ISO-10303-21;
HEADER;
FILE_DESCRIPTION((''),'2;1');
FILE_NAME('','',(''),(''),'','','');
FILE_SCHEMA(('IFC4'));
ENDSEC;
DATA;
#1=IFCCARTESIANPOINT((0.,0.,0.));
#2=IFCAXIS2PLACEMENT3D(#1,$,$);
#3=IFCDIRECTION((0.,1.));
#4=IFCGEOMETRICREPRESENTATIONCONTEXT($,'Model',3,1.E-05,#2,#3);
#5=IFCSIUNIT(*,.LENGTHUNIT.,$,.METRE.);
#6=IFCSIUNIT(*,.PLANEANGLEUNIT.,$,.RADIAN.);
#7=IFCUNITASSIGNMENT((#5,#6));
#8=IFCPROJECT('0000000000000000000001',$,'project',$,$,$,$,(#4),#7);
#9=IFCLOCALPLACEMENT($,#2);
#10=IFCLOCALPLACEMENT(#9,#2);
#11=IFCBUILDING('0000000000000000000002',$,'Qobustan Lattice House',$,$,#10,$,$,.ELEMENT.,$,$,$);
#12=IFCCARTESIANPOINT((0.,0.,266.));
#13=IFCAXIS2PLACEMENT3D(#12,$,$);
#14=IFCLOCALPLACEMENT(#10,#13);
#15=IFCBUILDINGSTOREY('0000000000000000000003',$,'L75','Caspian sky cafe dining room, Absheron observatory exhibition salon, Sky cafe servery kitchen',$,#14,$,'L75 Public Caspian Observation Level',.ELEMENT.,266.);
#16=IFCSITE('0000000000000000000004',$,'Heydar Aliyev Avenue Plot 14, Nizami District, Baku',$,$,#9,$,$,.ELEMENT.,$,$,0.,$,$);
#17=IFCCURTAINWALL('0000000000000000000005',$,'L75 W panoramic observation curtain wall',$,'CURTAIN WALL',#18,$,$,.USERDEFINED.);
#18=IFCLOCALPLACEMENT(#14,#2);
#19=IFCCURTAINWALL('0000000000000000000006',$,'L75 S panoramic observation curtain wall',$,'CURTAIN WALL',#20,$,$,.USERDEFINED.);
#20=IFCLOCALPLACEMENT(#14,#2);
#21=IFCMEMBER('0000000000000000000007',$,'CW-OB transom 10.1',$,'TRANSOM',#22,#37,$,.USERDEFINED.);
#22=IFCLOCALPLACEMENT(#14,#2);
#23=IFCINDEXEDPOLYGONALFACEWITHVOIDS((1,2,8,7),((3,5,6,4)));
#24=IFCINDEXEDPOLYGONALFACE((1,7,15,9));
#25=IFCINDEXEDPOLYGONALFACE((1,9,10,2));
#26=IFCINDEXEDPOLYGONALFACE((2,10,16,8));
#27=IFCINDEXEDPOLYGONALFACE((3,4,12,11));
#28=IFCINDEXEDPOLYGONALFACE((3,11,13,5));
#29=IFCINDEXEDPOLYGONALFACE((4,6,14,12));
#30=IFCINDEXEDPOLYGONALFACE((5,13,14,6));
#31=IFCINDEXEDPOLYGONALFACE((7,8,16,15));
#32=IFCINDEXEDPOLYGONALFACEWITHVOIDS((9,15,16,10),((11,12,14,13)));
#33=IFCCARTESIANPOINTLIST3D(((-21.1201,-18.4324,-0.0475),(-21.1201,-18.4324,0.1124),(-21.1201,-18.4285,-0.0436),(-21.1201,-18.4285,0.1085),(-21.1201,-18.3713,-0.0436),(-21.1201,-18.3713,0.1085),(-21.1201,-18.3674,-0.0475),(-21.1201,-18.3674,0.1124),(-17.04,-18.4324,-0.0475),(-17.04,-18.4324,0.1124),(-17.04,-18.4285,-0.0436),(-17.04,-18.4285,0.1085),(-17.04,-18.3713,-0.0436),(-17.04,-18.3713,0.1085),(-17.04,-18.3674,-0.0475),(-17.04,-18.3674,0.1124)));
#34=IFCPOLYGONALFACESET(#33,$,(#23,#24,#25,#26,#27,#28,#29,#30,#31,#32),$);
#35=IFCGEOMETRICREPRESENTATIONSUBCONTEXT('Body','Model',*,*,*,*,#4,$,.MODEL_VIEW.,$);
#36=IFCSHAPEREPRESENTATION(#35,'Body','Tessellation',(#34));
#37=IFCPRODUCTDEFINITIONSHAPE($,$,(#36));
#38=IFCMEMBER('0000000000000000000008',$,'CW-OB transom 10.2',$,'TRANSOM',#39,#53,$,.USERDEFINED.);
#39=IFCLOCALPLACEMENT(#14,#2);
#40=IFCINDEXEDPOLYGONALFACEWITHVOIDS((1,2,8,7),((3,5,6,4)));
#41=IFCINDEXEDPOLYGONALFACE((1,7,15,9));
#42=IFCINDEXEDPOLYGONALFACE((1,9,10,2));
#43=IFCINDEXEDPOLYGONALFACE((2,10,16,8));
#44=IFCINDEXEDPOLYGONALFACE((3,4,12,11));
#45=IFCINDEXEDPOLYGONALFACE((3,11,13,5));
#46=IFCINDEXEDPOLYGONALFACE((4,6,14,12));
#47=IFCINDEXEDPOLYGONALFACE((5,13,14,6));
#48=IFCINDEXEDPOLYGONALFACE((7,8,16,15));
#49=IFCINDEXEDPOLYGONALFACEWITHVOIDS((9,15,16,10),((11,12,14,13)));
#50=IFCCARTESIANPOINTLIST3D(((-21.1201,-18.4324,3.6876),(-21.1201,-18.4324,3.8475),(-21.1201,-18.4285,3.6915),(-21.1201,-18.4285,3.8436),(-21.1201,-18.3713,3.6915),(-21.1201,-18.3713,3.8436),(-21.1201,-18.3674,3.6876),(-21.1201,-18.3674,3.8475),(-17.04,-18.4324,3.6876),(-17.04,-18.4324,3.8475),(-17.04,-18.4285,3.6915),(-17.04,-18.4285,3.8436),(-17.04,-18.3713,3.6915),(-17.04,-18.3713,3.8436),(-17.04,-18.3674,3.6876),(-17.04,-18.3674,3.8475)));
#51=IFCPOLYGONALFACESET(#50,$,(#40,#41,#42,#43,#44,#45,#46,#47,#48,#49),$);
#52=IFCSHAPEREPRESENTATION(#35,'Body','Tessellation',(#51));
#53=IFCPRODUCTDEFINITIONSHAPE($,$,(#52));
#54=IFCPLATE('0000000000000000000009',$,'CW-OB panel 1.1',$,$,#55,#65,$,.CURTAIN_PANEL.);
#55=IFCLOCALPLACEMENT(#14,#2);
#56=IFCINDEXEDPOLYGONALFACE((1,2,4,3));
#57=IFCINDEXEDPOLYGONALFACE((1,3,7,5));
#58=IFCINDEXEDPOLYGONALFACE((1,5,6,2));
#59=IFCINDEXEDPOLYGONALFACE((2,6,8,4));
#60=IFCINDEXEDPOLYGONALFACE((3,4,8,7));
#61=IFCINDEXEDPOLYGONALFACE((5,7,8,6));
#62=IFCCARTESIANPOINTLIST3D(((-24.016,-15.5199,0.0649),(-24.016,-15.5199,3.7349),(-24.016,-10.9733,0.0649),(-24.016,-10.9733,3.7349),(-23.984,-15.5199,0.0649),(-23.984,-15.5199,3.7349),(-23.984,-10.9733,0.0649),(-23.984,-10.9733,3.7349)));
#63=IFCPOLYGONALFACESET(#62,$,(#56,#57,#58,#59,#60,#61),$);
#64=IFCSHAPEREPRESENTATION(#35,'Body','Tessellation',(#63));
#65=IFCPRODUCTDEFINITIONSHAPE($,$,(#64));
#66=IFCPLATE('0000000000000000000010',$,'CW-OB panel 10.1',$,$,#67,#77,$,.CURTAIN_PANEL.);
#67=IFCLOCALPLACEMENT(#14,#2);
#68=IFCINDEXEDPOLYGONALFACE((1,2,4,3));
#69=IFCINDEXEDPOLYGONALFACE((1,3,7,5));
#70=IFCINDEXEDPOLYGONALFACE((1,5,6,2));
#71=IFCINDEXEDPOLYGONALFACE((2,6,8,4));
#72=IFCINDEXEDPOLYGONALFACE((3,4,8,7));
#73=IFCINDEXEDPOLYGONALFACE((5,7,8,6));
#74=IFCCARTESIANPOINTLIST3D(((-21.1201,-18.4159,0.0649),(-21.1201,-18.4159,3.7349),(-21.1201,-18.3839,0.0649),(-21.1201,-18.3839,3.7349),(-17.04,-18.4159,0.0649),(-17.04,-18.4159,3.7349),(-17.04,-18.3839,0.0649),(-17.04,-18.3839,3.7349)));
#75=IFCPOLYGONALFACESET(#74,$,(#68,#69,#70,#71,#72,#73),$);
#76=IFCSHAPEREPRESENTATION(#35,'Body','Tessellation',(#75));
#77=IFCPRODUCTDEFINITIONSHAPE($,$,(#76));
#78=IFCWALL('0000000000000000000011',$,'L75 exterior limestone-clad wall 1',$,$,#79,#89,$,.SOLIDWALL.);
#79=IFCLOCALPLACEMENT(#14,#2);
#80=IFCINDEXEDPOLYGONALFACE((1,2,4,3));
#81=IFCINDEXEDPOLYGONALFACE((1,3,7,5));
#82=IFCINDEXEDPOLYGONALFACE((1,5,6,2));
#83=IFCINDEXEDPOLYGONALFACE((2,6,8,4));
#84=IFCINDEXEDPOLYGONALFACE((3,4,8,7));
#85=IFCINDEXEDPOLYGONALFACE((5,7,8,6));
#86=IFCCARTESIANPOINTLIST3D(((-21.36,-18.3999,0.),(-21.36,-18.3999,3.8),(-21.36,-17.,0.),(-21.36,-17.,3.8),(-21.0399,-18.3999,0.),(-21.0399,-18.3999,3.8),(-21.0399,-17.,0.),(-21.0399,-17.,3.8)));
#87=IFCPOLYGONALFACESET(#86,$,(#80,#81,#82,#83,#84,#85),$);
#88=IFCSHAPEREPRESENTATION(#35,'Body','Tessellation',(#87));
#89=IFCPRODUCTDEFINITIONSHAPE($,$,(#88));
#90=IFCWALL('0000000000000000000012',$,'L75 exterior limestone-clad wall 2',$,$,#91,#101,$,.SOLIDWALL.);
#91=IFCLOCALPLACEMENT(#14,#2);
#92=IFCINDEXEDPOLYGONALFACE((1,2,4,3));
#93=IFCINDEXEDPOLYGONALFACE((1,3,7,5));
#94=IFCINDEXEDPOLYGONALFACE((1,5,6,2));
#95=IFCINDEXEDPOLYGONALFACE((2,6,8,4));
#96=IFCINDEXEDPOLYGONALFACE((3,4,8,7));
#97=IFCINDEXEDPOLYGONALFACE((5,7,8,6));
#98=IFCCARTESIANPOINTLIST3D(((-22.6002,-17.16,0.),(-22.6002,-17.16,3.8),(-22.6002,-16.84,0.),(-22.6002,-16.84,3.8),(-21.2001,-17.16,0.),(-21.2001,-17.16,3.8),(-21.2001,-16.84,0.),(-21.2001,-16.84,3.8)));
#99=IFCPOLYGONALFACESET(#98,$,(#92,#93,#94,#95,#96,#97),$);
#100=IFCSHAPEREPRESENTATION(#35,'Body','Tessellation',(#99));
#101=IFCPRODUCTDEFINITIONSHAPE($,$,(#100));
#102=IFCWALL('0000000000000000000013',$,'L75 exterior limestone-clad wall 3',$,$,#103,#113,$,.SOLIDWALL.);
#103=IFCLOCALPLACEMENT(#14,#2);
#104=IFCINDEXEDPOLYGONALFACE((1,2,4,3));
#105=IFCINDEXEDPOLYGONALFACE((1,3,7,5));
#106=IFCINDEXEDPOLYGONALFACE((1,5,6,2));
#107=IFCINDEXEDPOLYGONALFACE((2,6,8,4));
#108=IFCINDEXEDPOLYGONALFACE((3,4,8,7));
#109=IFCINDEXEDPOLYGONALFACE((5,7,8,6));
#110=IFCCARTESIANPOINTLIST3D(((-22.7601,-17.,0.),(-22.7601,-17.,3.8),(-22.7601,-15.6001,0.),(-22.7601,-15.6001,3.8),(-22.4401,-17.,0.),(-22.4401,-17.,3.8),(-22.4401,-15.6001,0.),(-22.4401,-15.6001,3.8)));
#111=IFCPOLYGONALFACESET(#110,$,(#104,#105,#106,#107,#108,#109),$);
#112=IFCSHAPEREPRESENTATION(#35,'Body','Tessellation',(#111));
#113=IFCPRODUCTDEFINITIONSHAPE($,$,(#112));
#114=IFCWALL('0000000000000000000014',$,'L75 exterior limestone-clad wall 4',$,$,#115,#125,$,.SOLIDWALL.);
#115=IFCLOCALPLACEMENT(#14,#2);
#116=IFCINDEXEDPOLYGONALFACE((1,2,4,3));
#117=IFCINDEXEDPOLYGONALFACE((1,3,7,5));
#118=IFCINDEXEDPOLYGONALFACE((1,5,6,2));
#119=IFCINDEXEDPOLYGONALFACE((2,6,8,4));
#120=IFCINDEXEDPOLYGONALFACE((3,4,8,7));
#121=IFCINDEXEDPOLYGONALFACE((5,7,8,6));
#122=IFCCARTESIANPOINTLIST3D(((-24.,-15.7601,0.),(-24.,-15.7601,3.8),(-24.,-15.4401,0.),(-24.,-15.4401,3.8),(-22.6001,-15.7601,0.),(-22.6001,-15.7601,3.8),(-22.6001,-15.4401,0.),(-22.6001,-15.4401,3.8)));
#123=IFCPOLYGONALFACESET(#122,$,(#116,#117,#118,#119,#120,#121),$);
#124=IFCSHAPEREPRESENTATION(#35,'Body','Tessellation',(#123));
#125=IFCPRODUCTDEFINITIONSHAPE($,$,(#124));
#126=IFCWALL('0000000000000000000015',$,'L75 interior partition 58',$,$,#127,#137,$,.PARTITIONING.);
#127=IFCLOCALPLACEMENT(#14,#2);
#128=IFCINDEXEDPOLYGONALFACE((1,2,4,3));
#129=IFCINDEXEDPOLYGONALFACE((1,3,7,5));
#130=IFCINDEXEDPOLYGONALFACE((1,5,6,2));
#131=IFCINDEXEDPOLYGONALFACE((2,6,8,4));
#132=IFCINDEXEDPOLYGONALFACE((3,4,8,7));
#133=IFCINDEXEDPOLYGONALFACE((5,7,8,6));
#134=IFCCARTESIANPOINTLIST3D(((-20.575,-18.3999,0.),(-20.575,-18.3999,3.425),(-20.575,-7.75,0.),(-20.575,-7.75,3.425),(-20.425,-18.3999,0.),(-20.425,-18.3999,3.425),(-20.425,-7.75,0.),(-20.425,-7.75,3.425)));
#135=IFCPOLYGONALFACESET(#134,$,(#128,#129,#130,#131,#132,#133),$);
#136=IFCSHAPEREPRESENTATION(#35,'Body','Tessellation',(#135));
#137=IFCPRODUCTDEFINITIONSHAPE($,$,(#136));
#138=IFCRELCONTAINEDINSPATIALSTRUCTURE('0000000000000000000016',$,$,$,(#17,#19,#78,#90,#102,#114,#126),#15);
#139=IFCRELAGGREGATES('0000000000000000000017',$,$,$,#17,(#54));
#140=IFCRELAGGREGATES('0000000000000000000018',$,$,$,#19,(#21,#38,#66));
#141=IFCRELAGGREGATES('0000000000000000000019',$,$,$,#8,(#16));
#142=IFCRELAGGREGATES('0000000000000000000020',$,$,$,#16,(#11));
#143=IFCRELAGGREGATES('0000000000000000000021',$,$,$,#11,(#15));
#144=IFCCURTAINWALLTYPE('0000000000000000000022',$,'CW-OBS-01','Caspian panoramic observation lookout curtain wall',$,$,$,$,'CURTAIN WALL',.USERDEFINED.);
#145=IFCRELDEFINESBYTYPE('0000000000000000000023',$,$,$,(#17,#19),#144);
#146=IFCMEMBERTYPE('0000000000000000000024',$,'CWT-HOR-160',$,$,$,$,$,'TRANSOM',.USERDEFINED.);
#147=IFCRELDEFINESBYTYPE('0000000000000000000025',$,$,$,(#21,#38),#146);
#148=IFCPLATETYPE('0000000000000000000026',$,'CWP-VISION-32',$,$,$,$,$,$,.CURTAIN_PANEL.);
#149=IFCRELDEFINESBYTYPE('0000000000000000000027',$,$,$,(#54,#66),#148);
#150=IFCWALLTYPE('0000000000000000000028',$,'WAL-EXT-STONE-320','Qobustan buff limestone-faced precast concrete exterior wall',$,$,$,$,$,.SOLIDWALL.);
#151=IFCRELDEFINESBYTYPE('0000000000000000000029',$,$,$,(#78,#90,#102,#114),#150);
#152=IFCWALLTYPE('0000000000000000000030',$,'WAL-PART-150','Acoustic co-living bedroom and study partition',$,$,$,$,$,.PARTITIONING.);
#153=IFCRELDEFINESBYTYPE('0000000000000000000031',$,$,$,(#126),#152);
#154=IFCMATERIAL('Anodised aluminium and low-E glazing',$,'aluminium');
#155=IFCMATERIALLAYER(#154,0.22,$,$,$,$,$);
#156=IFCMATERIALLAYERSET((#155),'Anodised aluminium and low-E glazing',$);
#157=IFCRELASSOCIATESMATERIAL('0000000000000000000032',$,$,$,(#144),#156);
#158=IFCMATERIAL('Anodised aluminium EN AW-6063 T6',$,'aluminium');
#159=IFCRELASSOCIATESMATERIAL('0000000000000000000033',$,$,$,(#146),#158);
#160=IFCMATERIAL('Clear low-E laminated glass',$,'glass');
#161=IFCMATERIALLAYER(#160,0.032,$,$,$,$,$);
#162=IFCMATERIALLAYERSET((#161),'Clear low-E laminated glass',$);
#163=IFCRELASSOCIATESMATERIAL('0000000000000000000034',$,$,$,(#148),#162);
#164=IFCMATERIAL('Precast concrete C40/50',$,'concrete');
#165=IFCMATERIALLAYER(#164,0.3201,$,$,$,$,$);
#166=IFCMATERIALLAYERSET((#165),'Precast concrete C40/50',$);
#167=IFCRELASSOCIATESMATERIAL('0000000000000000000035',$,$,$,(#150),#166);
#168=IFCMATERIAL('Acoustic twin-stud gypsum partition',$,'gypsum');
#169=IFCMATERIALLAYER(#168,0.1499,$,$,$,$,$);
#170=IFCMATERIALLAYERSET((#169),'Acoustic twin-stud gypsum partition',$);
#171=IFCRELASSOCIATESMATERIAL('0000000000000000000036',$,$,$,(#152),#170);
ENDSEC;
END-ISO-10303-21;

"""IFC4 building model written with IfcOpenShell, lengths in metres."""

from ifc_helpers import new_model, si_unit, direction, frame, frame_2d, origin, origin_2d, place, context, subcontext, project, spatial, rectangle, hollow_rectangle, extrude, material, layer, layer_set, material_profile, profile_set, type_object, element, aggregate, save


model = new_model("IFC4")

# Units and contexts
model_context = context("Model", 3, precision=1e-05, world=origin(), true_north=direction((0.0, 1.0)))
body_context = subcontext(model_context, "Body", "Model", "MODEL_VIEW")
ifc_project = project(units=[si_unit("LENGTHUNIT", "METRE"), si_unit("PLANEANGLEUNIT", "RADIAN")], contexts=[model_context])

# Site, building, storey
site_placement = place(None, origin())
site = spatial("IfcSite", under=ifc_project, at=site_placement, Name="Heydar Aliyev Avenue Plot 14, Nizami District, Baku", CompositionType="ELEMENT", RefElevation=0.0)
building_placement = place(site_placement, origin())
building = spatial("IfcBuilding", under=site, at=building_placement, Name="Qobustan Lattice House", CompositionType="ELEMENT")
storey_placement = place(building_placement, frame((0.0, 0.0, 266.0)))
storey = spatial("IfcBuildingStorey", under=building, at=storey_placement, Name="L75", Description="Caspian sky cafe dining room, Absheron observatory exhibition salon, Sky cafe servery kitchen", LongName="L75 Public Caspian Observation Level", CompositionType="ELEMENT", Elevation=266.0)

# Curtain wall
ifc_material_1 = material(Name="Anodised aluminium and low-E glazing", Category="aluminium")
ifc_layer_1 = layer(ifc_material_1, 0.22)
ifc_layer_set_1 = layer_set([ifc_layer_1], Name="Anodised aluminium and low-E glazing")
curtain_wall_type = type_object("IfcCurtainWallType", Name="CW-OBS-01", Description="Caspian panoramic observation lookout curtain wall", ElementType="CURTAIN WALL", PredefinedType="USERDEFINED", material=ifc_layer_set_1)
curtain_wall_1_placement = place(storey_placement, origin())
curtain_wall_1 = element("IfcCurtainWall", 1, at=curtain_wall_1_placement, inside=storey, type_object=curtain_wall_type, Name="L75 W panoramic observation curtain wall", ObjectType="CURTAIN WALL", PredefinedType="USERDEFINED")

# Curtain wall
curtain_wall_2_placement = place(storey_placement, origin())
curtain_wall_2 = element("IfcCurtainWall", 2, at=curtain_wall_2_placement, inside=storey, type_object=curtain_wall_type, Name="L75 S panoramic observation curtain wall", ObjectType="CURTAIN WALL", PredefinedType="USERDEFINED")

# Members
ifc_material_2 = material(Name="Anodised aluminium EN AW-6063 T6", Category="aluminium")
ifc_material_profile_1 = material_profile(ifc_material_2, hollow_rectangle(XDim=0.0649, YDim=0.1599, WallThickness=0.0039, at=origin_2d()), Name="CWT-160x65")
ifc_profile_set_1 = profile_set([ifc_material_profile_1], Name="Anodised aluminium EN AW-6063 T6")
member_type_1 = type_object("IfcMemberType", Name="CWT-HOR-160", ElementType="TRANSOM", PredefinedType="USERDEFINED", material=ifc_profile_set_1)
member_1_placement = place(storey_placement, frame((-17.04, -18.3999, 0.0325), z_axis=(-1.0, 0.0, 0.0), x_axis=(0.0, -1.0, 0.0)))
member_1 = element("IfcMember", 3, at=member_1_placement, type_object=member_type_1, Name="CW-OB transom 10.1", ObjectType="TRANSOM", PredefinedType="USERDEFINED", context=body_context, shape_type="SweptSolid", body=[
    extrude(hollow_rectangle(XDim=0.0649, YDim=0.1599, WallThickness=0.0039, at=origin_2d()), origin(), (0.0, 0.0, 1.0), 4.0801),
])
member_2_placement = place(storey_placement, frame((-17.04, -18.3999, 3.7676), z_axis=(-1.0, 0.0, 0.0), x_axis=(0.0, -1.0, 0.0)))
member_2 = element("IfcMember", 4, at=member_2_placement, type_object=member_type_1, Name="CW-OB transom 10.2", ObjectType="TRANSOM", PredefinedType="USERDEFINED", context=body_context, shape_type="SweptSolid", body=[
    extrude(hollow_rectangle(XDim=0.0649, YDim=0.1599, WallThickness=0.0039, at=origin_2d()), origin(), (0.0, 0.0, 1.0), 4.0801),
])

# Plates
ifc_material_3 = material(Name="Clear low-E laminated glass", Category="glass")
ifc_layer_2 = layer(ifc_material_3, 0.032)
ifc_layer_set_2 = layer_set([ifc_layer_2], Name="Clear low-E laminated glass")
plate_type = type_object("IfcPlateType", Name="CWP-VISION-32", PredefinedType="CURTAIN_PANEL", material=ifc_layer_set_2)
plate_1_placement = place(storey_placement, frame((-24.0, -13.2466, 0.0649), z_axis=(0.0, 0.0, 1.0), x_axis=(0.0, 1.0, 0.0)))
plate_1 = element("IfcPlate", 5, at=plate_1_placement, type_object=plate_type, Name="CW-OB panel 1.1", PredefinedType="CURTAIN_PANEL", context=body_context, shape_type="SweptSolid", body=[
    extrude(rectangle(XDim=4.5466, YDim=0.032, at=origin_2d()), origin(), (0.0, 0.0, 1.0), 3.6699),
])
aggregate(curtain_wall_1, [plate_1])
plate_2_placement = place(storey_placement, frame((-19.0801, -18.3999, 0.0649), z_axis=(0.0, 0.0, 1.0), x_axis=(-1.0, 0.0, 0.0)))
plate_2 = element("IfcPlate", 6, at=plate_2_placement, type_object=plate_type, Name="CW-OB panel 10.1", PredefinedType="CURTAIN_PANEL", context=body_context, shape_type="SweptSolid", body=[
    extrude(rectangle(XDim=4.0801, YDim=0.032, at=origin_2d()), origin(), (0.0, 0.0, 1.0), 3.6699),
])
aggregate(curtain_wall_2, [member_1, member_2, plate_2])

# Walls
ifc_material_4 = material(Name="Precast concrete C40/50", Category="concrete")
ifc_layer_3 = layer(ifc_material_4, 0.3201)
ifc_layer_set_3 = layer_set([ifc_layer_3], Name="Precast concrete C40/50")
wall_type_1 = type_object("IfcWallType", Name="WAL-EXT-STONE-320", Description="Qobustan buff limestone-faced precast concrete exterior wall", PredefinedType="SOLIDWALL", material=ifc_layer_set_3)
wall_1_placement = place(storey_placement, frame((-21.2, -18.3999, 0.0), z_axis=(0.0, 0.0, 1.0), x_axis=(0.0, 1.0, 0.0)))
element("IfcWall", 7, at=wall_1_placement, inside=storey, type_object=wall_type_1, Name="L75 exterior limestone-clad wall 1", PredefinedType="SOLIDWALL", context=body_context, shape_type="SweptSolid", body=[
    extrude(rectangle(XDim=1.3999, YDim=0.3201, at=frame_2d((0.7, 0.0))), origin(), (0.0, 0.0, 1.0), 3.8),
])
wall_2_placement = place(storey_placement, frame((-21.2, -17.0, 0.0), z_axis=(0.0, 0.0, 1.0), x_axis=(-1.0, 0.0, 0.0)))
element("IfcWall", 8, at=wall_2_placement, inside=storey, type_object=wall_type_1, Name="L75 exterior limestone-clad wall 2", PredefinedType="SOLIDWALL", context=body_context, shape_type="SweptSolid", body=[
    extrude(rectangle(XDim=1.4001, YDim=0.3201, at=frame_2d((0.7002, 0.0))), origin(), (0.0, 0.0, 1.0), 3.8),
])
for number, where, z_axis, x_axis, name in (
    (9, (-22.6001, -17.0, 0.0), (0.0, 0.0, 1.0), (0.0, 1.0, 0.0), "L75 exterior limestone-clad wall 3"),
    (10, (-22.6001, -15.6001, 0.0), (0.0, 0.0, 1.0), (-1.0, 0.0, 0.0), "L75 exterior limestone-clad wall 4"),
):
    element("IfcWall", number, at=place(storey_placement, frame(where, z_axis=z_axis, x_axis=x_axis)), inside=storey, type_object=wall_type_1, Name=name, PredefinedType="SOLIDWALL", context=body_context, shape_type="SweptSolid", body=[
        extrude(rectangle(XDim=1.3999, YDim=0.3201, at=frame_2d((0.7, 0.0))), origin(), (0.0, 0.0, 1.0), 3.8),
    ])
ifc_material_5 = material(Name="Acoustic twin-stud gypsum partition", Category="gypsum")
ifc_layer_4 = layer(ifc_material_5, 0.1499)
ifc_layer_set_4 = layer_set([ifc_layer_4], Name="Acoustic twin-stud gypsum partition")
wall_type_2 = type_object("IfcWallType", Name="WAL-PART-150", Description="Acoustic co-living bedroom and study partition", PredefinedType="PARTITIONING", material=ifc_layer_set_4)
wall_3_placement = place(storey_placement, frame((-20.5, -18.3999, 0.0), z_axis=(0.0, 0.0, 1.0), x_axis=(0.0, 1.0, 0.0)))
element("IfcWall", 11, at=wall_3_placement, inside=storey, type_object=wall_type_2, Name="L75 interior partition 58", PredefinedType="PARTITIONING", context=body_context, shape_type="SweptSolid", body=[
    extrude(rectangle(XDim=10.6499, YDim=0.1499, at=frame_2d((5.325, 0.0))), origin(), (0.0, 0.0, 1.0), 3.425),
])

save(model, "model.ifc")
